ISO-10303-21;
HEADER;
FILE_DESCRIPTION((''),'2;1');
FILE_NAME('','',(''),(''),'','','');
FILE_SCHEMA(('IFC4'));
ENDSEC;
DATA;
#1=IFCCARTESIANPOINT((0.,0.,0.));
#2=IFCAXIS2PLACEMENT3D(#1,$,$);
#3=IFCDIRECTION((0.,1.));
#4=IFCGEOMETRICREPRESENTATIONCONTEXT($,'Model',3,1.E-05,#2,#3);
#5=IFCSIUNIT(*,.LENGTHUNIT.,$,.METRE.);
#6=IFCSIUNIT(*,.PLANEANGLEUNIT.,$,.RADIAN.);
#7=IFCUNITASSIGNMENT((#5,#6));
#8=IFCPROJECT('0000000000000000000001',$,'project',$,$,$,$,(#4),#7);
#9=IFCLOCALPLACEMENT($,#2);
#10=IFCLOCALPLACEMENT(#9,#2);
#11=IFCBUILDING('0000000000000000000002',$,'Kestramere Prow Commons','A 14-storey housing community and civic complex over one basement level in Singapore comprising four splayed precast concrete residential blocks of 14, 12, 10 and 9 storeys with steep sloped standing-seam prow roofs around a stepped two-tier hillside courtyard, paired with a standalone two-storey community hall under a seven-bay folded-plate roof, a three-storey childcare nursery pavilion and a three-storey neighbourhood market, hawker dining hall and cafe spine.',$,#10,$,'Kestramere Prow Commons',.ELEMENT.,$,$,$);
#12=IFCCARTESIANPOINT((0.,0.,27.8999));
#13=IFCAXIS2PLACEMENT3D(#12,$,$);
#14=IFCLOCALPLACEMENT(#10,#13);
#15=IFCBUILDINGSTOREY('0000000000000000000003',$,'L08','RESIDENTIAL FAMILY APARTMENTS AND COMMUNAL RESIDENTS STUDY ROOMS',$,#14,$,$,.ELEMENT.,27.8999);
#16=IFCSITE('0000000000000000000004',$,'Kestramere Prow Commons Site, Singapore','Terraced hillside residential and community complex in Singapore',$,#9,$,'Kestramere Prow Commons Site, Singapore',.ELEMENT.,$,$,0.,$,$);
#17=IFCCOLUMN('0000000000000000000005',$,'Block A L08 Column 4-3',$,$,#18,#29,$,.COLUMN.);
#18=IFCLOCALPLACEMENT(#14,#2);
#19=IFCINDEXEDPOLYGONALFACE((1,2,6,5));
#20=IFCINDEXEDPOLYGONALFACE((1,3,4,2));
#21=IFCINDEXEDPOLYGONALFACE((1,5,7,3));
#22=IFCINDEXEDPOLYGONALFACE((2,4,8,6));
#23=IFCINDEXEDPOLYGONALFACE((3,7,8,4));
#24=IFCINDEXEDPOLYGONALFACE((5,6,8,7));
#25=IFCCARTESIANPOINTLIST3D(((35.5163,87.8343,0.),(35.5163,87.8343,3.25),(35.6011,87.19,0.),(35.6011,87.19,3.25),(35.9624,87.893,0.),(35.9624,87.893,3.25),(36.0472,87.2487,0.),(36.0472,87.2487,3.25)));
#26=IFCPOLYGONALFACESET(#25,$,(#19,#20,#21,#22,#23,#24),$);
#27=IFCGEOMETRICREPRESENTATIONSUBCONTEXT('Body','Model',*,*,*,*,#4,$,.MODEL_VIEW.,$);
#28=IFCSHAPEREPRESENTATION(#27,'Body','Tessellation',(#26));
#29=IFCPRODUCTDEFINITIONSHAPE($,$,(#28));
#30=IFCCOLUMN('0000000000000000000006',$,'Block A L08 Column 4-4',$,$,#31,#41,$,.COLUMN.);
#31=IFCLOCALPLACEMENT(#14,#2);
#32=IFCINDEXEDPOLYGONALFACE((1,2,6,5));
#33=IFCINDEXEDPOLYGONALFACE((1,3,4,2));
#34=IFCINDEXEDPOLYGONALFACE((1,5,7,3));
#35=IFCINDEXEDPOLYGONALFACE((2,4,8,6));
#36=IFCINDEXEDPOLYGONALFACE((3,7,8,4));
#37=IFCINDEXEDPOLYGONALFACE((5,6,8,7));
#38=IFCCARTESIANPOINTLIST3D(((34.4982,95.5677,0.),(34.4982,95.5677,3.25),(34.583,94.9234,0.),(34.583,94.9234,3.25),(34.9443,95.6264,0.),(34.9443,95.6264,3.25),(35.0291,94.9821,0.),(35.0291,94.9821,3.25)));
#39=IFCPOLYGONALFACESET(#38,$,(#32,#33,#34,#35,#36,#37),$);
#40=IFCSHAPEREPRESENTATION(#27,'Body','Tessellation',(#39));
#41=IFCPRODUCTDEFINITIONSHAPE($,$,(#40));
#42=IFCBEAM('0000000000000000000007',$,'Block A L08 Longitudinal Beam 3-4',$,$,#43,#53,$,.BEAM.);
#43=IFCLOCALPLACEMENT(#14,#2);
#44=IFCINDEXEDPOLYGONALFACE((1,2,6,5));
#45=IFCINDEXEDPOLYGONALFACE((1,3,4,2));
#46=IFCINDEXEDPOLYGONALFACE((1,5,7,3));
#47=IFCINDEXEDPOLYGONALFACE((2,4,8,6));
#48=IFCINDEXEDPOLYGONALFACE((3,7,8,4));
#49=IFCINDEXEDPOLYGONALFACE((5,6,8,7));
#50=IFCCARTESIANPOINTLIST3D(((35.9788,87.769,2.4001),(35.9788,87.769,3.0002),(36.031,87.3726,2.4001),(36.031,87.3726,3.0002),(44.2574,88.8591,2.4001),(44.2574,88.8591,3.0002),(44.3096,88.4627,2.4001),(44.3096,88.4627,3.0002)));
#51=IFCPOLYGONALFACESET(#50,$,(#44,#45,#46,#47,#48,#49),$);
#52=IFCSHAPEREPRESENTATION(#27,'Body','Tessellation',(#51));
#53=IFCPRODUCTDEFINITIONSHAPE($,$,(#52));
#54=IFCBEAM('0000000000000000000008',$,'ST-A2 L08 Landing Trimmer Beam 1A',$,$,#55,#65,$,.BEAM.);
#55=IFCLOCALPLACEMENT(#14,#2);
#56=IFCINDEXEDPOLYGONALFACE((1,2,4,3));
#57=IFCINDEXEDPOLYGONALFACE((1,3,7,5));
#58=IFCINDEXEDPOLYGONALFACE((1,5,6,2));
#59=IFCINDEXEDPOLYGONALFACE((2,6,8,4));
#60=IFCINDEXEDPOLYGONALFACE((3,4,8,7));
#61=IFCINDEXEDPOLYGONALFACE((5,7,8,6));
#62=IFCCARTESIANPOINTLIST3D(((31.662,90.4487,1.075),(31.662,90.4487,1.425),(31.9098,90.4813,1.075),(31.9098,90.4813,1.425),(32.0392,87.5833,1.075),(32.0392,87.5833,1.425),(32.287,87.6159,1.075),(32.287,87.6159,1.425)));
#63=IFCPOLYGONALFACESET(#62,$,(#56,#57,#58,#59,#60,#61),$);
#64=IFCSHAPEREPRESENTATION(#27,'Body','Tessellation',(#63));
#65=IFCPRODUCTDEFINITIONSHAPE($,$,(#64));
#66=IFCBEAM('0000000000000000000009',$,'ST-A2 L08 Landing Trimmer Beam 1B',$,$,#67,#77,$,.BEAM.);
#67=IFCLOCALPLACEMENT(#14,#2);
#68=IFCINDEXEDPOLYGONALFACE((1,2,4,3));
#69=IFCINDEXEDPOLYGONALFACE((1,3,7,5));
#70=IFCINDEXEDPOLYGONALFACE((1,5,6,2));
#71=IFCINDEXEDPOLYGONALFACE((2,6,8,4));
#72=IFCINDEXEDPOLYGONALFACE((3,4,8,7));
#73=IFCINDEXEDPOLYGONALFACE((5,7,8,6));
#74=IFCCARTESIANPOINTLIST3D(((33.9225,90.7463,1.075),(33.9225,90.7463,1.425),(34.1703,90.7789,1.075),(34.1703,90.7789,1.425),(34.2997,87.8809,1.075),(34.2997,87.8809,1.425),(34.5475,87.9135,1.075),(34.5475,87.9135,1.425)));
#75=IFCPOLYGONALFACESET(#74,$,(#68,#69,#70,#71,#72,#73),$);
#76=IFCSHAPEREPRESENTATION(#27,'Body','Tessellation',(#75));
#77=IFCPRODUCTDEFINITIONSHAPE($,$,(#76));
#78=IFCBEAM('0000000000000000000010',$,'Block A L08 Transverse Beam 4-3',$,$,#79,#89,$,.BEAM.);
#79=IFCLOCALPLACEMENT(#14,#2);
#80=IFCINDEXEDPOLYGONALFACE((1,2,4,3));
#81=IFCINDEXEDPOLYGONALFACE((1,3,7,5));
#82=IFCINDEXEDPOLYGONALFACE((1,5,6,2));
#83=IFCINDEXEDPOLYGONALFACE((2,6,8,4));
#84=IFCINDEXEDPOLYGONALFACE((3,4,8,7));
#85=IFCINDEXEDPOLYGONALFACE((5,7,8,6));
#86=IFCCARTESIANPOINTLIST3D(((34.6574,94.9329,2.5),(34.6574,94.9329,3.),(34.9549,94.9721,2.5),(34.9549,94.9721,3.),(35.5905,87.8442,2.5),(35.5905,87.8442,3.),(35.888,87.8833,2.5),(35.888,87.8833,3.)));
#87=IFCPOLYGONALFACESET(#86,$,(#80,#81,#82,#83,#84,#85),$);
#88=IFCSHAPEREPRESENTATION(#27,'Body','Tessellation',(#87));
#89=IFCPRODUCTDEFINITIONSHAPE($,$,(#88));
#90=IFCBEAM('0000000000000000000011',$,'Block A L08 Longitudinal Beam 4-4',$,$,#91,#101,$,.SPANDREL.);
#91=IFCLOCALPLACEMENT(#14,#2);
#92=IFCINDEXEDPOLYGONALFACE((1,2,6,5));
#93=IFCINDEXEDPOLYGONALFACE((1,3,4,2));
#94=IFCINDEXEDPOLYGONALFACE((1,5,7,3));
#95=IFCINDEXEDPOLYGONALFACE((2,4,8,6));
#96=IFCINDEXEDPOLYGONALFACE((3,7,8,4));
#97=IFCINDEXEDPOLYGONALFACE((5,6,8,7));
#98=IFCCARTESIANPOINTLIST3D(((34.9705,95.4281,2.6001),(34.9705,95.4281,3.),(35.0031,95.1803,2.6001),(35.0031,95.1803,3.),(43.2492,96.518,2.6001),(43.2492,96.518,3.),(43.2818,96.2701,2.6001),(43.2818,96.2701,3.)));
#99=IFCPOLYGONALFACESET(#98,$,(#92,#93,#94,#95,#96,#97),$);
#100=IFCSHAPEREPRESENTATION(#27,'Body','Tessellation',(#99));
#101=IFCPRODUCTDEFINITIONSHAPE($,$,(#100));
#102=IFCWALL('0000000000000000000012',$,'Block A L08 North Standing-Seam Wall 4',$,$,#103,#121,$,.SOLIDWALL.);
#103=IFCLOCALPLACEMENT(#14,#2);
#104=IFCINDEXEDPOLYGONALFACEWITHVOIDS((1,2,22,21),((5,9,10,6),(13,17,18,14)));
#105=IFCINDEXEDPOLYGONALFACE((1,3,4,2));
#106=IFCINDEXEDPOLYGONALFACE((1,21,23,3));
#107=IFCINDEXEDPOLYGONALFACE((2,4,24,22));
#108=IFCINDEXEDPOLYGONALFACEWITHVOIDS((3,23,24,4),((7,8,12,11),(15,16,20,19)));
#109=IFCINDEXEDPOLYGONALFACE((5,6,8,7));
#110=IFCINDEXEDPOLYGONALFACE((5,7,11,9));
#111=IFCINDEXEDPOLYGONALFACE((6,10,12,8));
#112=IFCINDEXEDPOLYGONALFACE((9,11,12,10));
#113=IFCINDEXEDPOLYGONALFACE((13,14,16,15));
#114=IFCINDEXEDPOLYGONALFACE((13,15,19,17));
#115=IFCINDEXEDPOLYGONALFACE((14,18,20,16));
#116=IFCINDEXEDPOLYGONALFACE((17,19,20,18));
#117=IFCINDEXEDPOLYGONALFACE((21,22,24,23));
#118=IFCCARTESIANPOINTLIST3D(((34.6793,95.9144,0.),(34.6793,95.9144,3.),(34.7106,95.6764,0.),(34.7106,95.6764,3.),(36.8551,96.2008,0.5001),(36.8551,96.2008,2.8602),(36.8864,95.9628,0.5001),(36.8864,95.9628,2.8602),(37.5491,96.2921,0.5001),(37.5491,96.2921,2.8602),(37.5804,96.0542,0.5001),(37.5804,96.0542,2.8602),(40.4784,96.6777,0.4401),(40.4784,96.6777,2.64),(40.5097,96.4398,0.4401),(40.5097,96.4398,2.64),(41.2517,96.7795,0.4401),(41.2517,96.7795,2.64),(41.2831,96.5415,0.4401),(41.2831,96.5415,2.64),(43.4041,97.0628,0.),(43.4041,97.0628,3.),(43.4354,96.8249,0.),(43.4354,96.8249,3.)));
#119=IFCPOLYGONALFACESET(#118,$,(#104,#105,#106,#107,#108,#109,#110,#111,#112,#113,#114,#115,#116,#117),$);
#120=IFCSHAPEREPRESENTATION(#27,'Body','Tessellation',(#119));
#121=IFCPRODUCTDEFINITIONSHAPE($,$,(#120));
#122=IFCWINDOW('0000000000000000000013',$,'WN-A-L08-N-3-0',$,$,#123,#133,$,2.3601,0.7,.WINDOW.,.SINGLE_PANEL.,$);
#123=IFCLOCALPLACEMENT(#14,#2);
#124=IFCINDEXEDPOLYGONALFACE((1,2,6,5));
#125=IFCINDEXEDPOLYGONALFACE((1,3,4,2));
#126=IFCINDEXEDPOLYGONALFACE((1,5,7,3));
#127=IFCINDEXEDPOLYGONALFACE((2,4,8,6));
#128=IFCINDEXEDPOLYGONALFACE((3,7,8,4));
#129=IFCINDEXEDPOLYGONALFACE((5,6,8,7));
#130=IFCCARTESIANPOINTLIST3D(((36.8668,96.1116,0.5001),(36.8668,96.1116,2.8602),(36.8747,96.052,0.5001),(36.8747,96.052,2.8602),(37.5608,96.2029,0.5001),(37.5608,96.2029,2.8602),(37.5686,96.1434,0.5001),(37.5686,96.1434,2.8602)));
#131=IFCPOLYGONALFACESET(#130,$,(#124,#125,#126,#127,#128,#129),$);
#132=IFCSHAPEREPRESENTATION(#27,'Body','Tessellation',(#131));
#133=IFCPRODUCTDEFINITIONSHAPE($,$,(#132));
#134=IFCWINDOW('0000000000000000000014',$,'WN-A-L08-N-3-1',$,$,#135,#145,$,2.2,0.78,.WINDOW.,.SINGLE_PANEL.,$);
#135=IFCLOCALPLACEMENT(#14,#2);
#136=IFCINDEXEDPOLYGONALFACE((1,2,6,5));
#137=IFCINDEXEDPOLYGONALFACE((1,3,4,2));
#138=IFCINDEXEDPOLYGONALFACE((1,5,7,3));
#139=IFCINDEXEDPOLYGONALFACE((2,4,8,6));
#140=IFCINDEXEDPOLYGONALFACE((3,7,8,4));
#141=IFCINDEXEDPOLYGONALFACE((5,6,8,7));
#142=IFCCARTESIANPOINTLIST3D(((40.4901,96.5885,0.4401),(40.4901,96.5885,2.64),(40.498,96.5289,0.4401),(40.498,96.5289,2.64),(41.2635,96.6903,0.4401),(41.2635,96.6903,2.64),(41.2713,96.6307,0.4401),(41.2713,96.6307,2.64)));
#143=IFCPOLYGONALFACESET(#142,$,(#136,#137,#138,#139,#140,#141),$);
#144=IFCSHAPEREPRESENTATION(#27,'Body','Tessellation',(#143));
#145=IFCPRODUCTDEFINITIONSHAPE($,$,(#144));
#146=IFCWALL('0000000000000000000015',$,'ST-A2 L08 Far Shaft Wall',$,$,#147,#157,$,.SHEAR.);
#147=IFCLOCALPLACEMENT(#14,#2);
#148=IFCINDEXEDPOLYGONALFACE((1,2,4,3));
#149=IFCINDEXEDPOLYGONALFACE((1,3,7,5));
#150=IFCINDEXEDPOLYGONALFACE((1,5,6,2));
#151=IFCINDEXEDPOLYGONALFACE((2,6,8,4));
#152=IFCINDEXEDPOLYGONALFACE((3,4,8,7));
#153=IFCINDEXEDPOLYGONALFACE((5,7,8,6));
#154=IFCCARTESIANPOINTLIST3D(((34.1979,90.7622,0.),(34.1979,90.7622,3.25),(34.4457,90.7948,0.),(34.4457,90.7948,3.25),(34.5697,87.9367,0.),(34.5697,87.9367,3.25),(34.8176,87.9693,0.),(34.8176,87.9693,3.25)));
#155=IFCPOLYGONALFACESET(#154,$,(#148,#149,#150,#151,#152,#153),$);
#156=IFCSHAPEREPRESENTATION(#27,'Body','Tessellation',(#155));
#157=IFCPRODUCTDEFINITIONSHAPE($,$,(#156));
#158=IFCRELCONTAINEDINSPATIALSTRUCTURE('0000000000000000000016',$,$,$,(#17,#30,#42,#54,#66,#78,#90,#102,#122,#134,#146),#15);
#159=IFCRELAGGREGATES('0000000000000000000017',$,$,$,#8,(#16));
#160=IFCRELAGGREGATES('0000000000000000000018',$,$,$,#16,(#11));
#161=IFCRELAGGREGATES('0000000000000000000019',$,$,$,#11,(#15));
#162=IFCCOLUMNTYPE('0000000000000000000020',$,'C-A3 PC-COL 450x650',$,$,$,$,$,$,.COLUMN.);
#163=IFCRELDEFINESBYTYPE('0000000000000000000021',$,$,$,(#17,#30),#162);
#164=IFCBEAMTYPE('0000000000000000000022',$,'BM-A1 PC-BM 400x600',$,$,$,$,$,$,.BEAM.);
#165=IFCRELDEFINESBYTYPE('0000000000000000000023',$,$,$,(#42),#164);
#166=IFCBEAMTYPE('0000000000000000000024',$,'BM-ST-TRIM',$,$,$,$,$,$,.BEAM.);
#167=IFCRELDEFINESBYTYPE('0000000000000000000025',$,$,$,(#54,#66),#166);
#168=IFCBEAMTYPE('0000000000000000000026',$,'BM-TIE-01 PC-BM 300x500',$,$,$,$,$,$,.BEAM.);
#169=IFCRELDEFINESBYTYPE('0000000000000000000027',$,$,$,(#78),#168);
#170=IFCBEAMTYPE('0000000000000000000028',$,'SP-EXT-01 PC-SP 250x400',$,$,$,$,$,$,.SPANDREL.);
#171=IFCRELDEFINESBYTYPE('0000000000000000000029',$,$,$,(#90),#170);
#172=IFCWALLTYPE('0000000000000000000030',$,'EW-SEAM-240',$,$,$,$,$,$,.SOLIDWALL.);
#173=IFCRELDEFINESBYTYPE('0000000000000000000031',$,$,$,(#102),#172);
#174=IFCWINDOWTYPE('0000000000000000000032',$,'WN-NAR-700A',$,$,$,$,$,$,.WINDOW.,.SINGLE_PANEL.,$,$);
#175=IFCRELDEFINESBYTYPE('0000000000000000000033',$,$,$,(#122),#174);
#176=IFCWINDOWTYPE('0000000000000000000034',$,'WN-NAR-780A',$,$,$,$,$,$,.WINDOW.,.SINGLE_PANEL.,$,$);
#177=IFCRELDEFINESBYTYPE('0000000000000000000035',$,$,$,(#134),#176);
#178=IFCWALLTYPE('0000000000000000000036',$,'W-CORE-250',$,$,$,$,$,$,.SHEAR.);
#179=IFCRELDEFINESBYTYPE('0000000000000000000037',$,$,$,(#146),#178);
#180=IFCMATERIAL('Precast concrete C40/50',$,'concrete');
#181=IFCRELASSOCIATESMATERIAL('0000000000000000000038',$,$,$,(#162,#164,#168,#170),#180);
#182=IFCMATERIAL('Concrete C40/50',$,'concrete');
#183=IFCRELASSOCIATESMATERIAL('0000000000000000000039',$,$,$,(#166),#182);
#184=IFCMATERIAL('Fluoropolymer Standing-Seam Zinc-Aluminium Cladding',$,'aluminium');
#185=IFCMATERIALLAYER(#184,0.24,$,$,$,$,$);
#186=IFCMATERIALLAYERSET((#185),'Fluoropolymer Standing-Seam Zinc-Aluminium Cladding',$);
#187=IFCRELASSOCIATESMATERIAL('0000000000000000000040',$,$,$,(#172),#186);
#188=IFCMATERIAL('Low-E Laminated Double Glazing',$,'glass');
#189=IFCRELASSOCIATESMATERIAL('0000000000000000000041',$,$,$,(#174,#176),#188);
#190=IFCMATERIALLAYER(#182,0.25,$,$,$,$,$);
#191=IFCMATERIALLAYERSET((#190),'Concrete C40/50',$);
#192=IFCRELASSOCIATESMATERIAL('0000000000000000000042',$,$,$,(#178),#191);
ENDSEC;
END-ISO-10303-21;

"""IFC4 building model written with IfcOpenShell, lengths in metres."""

from ifc_helpers import new_model, si_unit, direction, frame, frame_2d, origin, origin_2d, place, context, subcontext, project, spatial, rectangle, extrude, material, layer, layer_set, material_profile, profile_set, type_object, element, fill, save


model = new_model("IFC4")

# Units and contexts
model_context = context("Model", 3, precision=1e-05, world=origin(), true_north=direction((0.0, 1.0)))
body_context = subcontext(model_context, "Body", "Model", "MODEL_VIEW")
ifc_project = project(units=[si_unit("LENGTHUNIT", "METRE"), si_unit("PLANEANGLEUNIT", "RADIAN")], contexts=[model_context])

# Site, building, storey
site_placement = place(None, origin())
site = spatial("IfcSite", under=ifc_project, at=site_placement, Name="Kestramere Prow Commons Site, Singapore", Description="Terraced hillside residential and community complex in Singapore", LongName="Kestramere Prow Commons Site, Singapore", CompositionType="ELEMENT", RefElevation=0.0)
building_placement = place(site_placement, origin())
building = spatial("IfcBuilding", under=site, at=building_placement, Name="Kestramere Prow Commons", Description="A 14-storey housing community and civic complex over one basement level in Singapore comprising four splayed precast concrete residential blocks of 14, 12, 10 and 9 storeys with steep sloped standing-seam prow roofs around a stepped two-tier hillside courtyard, paired with a standalone two-storey community hall under a seven-bay folded-plate roof, a three-storey childcare nursery pavilion and a three-storey neighbourhood market, hawker dining hall and cafe spine.", LongName="Kestramere Prow Commons", CompositionType="ELEMENT")
storey_placement = place(building_placement, frame((0.0, 0.0, 27.8999)))
storey = spatial("IfcBuildingStorey", under=building, at=storey_placement, Name="L08", Description="RESIDENTIAL FAMILY APARTMENTS AND COMMUNAL RESIDENTS STUDY ROOMS", CompositionType="ELEMENT", Elevation=27.8999)

# Columns
ifc_material_1 = material(Name="Precast concrete C40/50", Category="concrete")
ifc_material_profile_1 = material_profile(ifc_material_1, rectangle(XDim=0.45, YDim=0.6499, at=origin_2d()), Name="PC-COL 450x650")
ifc_profile_set_1 = profile_set([ifc_material_profile_1], Name="Precast concrete C40/50")
column_type = type_object("IfcColumnType", Name="C-A3 PC-COL 450x650", PredefinedType="COLUMN", material=ifc_profile_set_1)
for number, where, z_axis, x_axis, name in (
    (1, (35.7817, 87.5415, 0.0), (0.0, 0.0, 1.0), (0.991445, 0.130526, 0.0), "Block A L08 Column 4-3"),
    (2, (34.7637, 95.2749, 0.0), (0.0, 0.0, 1.0), (0.991445, 0.130526, 0.0), "Block A L08 Column 4-4"),
):
    element("IfcColumn", number, at=place(storey_placement, frame(where, z_axis=z_axis, x_axis=x_axis)), inside=storey, type_object=column_type, Name=name, PredefinedType="COLUMN", context=body_context, shape_type="SweptSolid", body=[
        extrude(rectangle(XDim=0.45, YDim=0.6499, at=origin_2d()), origin(), (0.0, 0.0, 1.0), 3.25),
    ])

# Beams
ifc_material_profile_2 = material_profile(ifc_material_1, rectangle(XDim=0.3999, YDim=0.6001, at=origin_2d()), Name="PC-BM 400x600")
ifc_profile_set_2 = profile_set([ifc_material_profile_2], Name="Precast concrete C40/50")
beam_type_1 = type_object("IfcBeamType", Name="BM-A1 PC-BM 400x600", PredefinedType="BEAM", material=ifc_profile_set_2)
beam_1_placement = place(storey_placement, frame((36.0049, 87.5708, 2.7002), z_axis=(0.991442, 0.130549, 0.0), x_axis=(-0.130549, 0.991442, 0.0)))
element("IfcBeam", 3, at=beam_1_placement, inside=storey, type_object=beam_type_1, Name="Block A L08 Longitudinal Beam 3-4", PredefinedType="BEAM", context=body_context, shape_type="SweptSolid", body=[
    extrude(rectangle(XDim=0.3999, YDim=0.6001, at=origin_2d()), origin(), (0.0, 0.0, 1.0), 8.3501),
])
ifc_material_2 = material(Name="Concrete C40/50", Category="concrete")
ifc_material_profile_3 = material_profile(ifc_material_2, rectangle(XDim=0.25, YDim=0.3501, at=origin_2d()), Name="PC-BM 250x350")
ifc_profile_set_3 = profile_set([ifc_material_profile_3], Name="Concrete C40/50")
beam_type_2 = type_object("IfcBeamType", Name="BM-ST-TRIM", PredefinedType="BEAM", material=ifc_profile_set_3)
for number, where, z_axis, x_axis, name in (
    (4, (32.1631, 87.5996, 1.25), (-0.130509, 0.991447, 0.0), (-0.991447, -0.130509, 0.0), "ST-A2 L08 Landing Trimmer Beam 1A"),
    (5, (34.4236, 87.8972, 1.25), (-0.130509, 0.991447, 0.0), (-0.991447, -0.130509, 0.0), "ST-A2 L08 Landing Trimmer Beam 1B"),
):
    element("IfcBeam", number, at=place(storey_placement, frame(where, z_axis=z_axis, x_axis=x_axis)), inside=storey, type_object=beam_type_2, Name=name, PredefinedType="BEAM", context=body_context, shape_type="SweptSolid", body=[
        extrude(rectangle(XDim=0.25, YDim=0.3501, at=origin_2d()), origin(), (0.0, 0.0, 1.0), 2.8901),
    ])
ifc_material_profile_4 = material_profile(ifc_material_1, rectangle(XDim=0.3, YDim=0.5, at=origin_2d()), Name="PC-BM 300x500")
ifc_profile_set_4 = profile_set([ifc_material_profile_4], Name="Precast concrete C40/50")
beam_type_3 = type_object("IfcBeamType", Name="BM-TIE-01 PC-BM 300x500", PredefinedType="BEAM", material=ifc_profile_set_4)
beam_2_placement = place(storey_placement, frame((35.7393, 87.8638, 2.75), z_axis=(-0.130504, 0.991448, 0.0), x_axis=(-0.991448, -0.130504, 0.0)))
element("IfcBeam", 6, at=beam_2_placement, inside=storey, type_object=beam_type_3, Name="Block A L08 Transverse Beam 4-3", PredefinedType="BEAM", context=body_context, shape_type="SweptSolid", body=[
    extrude(rectangle(XDim=0.3, YDim=0.5, at=origin_2d()), origin(), (0.0, 0.0, 1.0), 7.1499),
])
ifc_material_profile_5 = material_profile(ifc_material_1, rectangle(XDim=0.25, YDim=0.3999, at=origin_2d()), Name="PC-SP 250x400")
ifc_profile_set_5 = profile_set([ifc_material_profile_5], Name="Precast concrete C40/50")
beam_type_4 = type_object("IfcBeamType", Name="SP-EXT-01 PC-SP 250x400", PredefinedType="SPANDREL", material=ifc_profile_set_5)
beam_3_placement = place(storey_placement, frame((34.9868, 95.3042, 2.8), z_axis=(0.991446, 0.13052, 0.0), x_axis=(-0.13052, 0.991446, 0.0)))
element("IfcBeam", 7, at=beam_3_placement, inside=storey, type_object=beam_type_4, Name="Block A L08 Longitudinal Beam 4-4", PredefinedType="SPANDREL", context=body_context, shape_type="SweptSolid", body=[
    extrude(rectangle(XDim=0.25, YDim=0.3999, at=origin_2d()), origin(), (0.0, 0.0, 1.0), 8.3501),
])

# Wall, openings, windows
ifc_material_3 = material(Name="Fluoropolymer Standing-Seam Zinc-Aluminium Cladding", Category="aluminium")
ifc_layer_1 = layer(ifc_material_3, 0.24)
ifc_layer_set_1 = layer_set([ifc_layer_1], Name="Fluoropolymer Standing-Seam Zinc-Aluminium Cladding")
wall_type_1 = type_object("IfcWallType", Name="EW-SEAM-240", PredefinedType="SOLIDWALL", material=ifc_layer_set_1)
wall_1_placement = place(storey_placement, frame((34.6951, 95.7954, 0.0), z_axis=(0.0, 0.0, 1.0), x_axis=(0.991448, 0.130503, 0.0)))
wall_1 = element("IfcWall", 8, at=wall_1_placement, inside=storey, type_object=wall_type_1, Name="Block A L08 North Standing-Seam Wall 4", PredefinedType="SOLIDWALL", context=body_context, shape_type="SweptSolid", body=[
    extrude(rectangle(XDim=8.8, YDim=0.24, at=frame_2d((4.3999, 0.0))), origin(), (0.0, 0.0, 1.0), 3.0),
])
opening_1_placement = place(wall_1_placement, frame((2.1943, 0.0, 0.5)))
opening_1 = element("IfcOpeningElement", 9, at=opening_1_placement, cuts=wall_1, PredefinedType="OPENING", context=body_context, shape_type="SweptSolid", body=[
    extrude(rectangle(XDim=0.7, YDim=2.3601, at=frame_2d((0.3501, 1.1802))), frame((0.0, 0.135, 0.0), z_axis=(0.0, -1.0, 0.0), x_axis=(1.0, 0.0, 0.0)), (0.0, 0.0, 1.0), 0.27),
])
opening_2_placement = place(wall_1_placement, frame((5.8489, 0.0, 0.4399)))
opening_2 = element("IfcOpeningElement", 10, at=opening_2_placement, cuts=wall_1, PredefinedType="OPENING", context=body_context, shape_type="SweptSolid", body=[
    extrude(rectangle(XDim=0.78, YDim=2.2, at=frame_2d((0.3901, 1.1001))), frame((0.0, 0.135, 0.0), z_axis=(0.0, -1.0, 0.0), x_axis=(1.0, 0.0, 0.0)), (0.0, 0.0, 1.0), 0.27),
])
ifc_material_4 = material(Name="Low-E Laminated Double Glazing", Category="glass")
window_type_1 = type_object("IfcWindowType", Name="WN-NAR-700A", PartitioningType="SINGLE_PANEL", PredefinedType="WINDOW", material=ifc_material_4)
window_1_placement = place(opening_1_placement, origin())
window_1 = element("IfcWindow", 11, at=window_1_placement, inside=storey, type_object=window_type_1, Name="WN-A-L08-N-3-0", OverallHeight=2.3601, OverallWidth=0.7, PartitioningType="SINGLE_PANEL", PredefinedType="WINDOW", context=body_context, shape_type="SweptSolid", body=[
    extrude(rectangle(XDim=0.7, YDim=2.3601, at=frame_2d((0.3501, 1.1802))), frame((0.0, 0.03, 0.0), z_axis=(0.0, -1.0, 0.0), x_axis=(1.0, 0.0, 0.0)), (0.0, 0.0, 1.0), 0.0601),
])
fill(opening_1, window_1)
window_type_2 = type_object("IfcWindowType", Name="WN-NAR-780A", PartitioningType="SINGLE_PANEL", PredefinedType="WINDOW", material=ifc_material_4)
window_2_placement = place(opening_2_placement, origin())
window_2 = element("IfcWindow", 12, at=window_2_placement, inside=storey, type_object=window_type_2, Name="WN-A-L08-N-3-1", OverallHeight=2.2, OverallWidth=0.78, PartitioningType="SINGLE_PANEL", PredefinedType="WINDOW", context=body_context, shape_type="SweptSolid", body=[
    extrude(rectangle(XDim=0.78, YDim=2.2, at=frame_2d((0.3901, 1.1001))), frame((0.0, 0.03, 0.0), z_axis=(0.0, -1.0, 0.0), x_axis=(1.0, 0.0, 0.0)), (0.0, 0.0, 1.0), 0.0601),
])
fill(opening_2, window_2)

# Wall
ifc_layer_2 = layer(ifc_material_2, 0.25)
ifc_layer_set_2 = layer_set([ifc_layer_2], Name="Concrete C40/50")
wall_type_2 = type_object("IfcWallType", Name="W-CORE-250", PredefinedType="SHEAR", material=ifc_layer_set_2)
wall_2_placement = place(storey_placement, frame((34.6936, 87.9531, 0.0), z_axis=(0.0, 0.0, 1.0), x_axis=(-0.130474, 0.991452, 0.0)))
element("IfcWall", 13, at=wall_2_placement, inside=storey, type_object=wall_type_2, Name="ST-A2 L08 Far Shaft Wall", PredefinedType="SHEAR", context=body_context, shape_type="SweptSolid", body=[
    extrude(rectangle(XDim=2.8499, YDim=0.25, at=frame_2d((1.4248, 0.0))), origin(), (0.0, 0.0, 1.0), 3.25),
])

save(model, "model.ifc")
